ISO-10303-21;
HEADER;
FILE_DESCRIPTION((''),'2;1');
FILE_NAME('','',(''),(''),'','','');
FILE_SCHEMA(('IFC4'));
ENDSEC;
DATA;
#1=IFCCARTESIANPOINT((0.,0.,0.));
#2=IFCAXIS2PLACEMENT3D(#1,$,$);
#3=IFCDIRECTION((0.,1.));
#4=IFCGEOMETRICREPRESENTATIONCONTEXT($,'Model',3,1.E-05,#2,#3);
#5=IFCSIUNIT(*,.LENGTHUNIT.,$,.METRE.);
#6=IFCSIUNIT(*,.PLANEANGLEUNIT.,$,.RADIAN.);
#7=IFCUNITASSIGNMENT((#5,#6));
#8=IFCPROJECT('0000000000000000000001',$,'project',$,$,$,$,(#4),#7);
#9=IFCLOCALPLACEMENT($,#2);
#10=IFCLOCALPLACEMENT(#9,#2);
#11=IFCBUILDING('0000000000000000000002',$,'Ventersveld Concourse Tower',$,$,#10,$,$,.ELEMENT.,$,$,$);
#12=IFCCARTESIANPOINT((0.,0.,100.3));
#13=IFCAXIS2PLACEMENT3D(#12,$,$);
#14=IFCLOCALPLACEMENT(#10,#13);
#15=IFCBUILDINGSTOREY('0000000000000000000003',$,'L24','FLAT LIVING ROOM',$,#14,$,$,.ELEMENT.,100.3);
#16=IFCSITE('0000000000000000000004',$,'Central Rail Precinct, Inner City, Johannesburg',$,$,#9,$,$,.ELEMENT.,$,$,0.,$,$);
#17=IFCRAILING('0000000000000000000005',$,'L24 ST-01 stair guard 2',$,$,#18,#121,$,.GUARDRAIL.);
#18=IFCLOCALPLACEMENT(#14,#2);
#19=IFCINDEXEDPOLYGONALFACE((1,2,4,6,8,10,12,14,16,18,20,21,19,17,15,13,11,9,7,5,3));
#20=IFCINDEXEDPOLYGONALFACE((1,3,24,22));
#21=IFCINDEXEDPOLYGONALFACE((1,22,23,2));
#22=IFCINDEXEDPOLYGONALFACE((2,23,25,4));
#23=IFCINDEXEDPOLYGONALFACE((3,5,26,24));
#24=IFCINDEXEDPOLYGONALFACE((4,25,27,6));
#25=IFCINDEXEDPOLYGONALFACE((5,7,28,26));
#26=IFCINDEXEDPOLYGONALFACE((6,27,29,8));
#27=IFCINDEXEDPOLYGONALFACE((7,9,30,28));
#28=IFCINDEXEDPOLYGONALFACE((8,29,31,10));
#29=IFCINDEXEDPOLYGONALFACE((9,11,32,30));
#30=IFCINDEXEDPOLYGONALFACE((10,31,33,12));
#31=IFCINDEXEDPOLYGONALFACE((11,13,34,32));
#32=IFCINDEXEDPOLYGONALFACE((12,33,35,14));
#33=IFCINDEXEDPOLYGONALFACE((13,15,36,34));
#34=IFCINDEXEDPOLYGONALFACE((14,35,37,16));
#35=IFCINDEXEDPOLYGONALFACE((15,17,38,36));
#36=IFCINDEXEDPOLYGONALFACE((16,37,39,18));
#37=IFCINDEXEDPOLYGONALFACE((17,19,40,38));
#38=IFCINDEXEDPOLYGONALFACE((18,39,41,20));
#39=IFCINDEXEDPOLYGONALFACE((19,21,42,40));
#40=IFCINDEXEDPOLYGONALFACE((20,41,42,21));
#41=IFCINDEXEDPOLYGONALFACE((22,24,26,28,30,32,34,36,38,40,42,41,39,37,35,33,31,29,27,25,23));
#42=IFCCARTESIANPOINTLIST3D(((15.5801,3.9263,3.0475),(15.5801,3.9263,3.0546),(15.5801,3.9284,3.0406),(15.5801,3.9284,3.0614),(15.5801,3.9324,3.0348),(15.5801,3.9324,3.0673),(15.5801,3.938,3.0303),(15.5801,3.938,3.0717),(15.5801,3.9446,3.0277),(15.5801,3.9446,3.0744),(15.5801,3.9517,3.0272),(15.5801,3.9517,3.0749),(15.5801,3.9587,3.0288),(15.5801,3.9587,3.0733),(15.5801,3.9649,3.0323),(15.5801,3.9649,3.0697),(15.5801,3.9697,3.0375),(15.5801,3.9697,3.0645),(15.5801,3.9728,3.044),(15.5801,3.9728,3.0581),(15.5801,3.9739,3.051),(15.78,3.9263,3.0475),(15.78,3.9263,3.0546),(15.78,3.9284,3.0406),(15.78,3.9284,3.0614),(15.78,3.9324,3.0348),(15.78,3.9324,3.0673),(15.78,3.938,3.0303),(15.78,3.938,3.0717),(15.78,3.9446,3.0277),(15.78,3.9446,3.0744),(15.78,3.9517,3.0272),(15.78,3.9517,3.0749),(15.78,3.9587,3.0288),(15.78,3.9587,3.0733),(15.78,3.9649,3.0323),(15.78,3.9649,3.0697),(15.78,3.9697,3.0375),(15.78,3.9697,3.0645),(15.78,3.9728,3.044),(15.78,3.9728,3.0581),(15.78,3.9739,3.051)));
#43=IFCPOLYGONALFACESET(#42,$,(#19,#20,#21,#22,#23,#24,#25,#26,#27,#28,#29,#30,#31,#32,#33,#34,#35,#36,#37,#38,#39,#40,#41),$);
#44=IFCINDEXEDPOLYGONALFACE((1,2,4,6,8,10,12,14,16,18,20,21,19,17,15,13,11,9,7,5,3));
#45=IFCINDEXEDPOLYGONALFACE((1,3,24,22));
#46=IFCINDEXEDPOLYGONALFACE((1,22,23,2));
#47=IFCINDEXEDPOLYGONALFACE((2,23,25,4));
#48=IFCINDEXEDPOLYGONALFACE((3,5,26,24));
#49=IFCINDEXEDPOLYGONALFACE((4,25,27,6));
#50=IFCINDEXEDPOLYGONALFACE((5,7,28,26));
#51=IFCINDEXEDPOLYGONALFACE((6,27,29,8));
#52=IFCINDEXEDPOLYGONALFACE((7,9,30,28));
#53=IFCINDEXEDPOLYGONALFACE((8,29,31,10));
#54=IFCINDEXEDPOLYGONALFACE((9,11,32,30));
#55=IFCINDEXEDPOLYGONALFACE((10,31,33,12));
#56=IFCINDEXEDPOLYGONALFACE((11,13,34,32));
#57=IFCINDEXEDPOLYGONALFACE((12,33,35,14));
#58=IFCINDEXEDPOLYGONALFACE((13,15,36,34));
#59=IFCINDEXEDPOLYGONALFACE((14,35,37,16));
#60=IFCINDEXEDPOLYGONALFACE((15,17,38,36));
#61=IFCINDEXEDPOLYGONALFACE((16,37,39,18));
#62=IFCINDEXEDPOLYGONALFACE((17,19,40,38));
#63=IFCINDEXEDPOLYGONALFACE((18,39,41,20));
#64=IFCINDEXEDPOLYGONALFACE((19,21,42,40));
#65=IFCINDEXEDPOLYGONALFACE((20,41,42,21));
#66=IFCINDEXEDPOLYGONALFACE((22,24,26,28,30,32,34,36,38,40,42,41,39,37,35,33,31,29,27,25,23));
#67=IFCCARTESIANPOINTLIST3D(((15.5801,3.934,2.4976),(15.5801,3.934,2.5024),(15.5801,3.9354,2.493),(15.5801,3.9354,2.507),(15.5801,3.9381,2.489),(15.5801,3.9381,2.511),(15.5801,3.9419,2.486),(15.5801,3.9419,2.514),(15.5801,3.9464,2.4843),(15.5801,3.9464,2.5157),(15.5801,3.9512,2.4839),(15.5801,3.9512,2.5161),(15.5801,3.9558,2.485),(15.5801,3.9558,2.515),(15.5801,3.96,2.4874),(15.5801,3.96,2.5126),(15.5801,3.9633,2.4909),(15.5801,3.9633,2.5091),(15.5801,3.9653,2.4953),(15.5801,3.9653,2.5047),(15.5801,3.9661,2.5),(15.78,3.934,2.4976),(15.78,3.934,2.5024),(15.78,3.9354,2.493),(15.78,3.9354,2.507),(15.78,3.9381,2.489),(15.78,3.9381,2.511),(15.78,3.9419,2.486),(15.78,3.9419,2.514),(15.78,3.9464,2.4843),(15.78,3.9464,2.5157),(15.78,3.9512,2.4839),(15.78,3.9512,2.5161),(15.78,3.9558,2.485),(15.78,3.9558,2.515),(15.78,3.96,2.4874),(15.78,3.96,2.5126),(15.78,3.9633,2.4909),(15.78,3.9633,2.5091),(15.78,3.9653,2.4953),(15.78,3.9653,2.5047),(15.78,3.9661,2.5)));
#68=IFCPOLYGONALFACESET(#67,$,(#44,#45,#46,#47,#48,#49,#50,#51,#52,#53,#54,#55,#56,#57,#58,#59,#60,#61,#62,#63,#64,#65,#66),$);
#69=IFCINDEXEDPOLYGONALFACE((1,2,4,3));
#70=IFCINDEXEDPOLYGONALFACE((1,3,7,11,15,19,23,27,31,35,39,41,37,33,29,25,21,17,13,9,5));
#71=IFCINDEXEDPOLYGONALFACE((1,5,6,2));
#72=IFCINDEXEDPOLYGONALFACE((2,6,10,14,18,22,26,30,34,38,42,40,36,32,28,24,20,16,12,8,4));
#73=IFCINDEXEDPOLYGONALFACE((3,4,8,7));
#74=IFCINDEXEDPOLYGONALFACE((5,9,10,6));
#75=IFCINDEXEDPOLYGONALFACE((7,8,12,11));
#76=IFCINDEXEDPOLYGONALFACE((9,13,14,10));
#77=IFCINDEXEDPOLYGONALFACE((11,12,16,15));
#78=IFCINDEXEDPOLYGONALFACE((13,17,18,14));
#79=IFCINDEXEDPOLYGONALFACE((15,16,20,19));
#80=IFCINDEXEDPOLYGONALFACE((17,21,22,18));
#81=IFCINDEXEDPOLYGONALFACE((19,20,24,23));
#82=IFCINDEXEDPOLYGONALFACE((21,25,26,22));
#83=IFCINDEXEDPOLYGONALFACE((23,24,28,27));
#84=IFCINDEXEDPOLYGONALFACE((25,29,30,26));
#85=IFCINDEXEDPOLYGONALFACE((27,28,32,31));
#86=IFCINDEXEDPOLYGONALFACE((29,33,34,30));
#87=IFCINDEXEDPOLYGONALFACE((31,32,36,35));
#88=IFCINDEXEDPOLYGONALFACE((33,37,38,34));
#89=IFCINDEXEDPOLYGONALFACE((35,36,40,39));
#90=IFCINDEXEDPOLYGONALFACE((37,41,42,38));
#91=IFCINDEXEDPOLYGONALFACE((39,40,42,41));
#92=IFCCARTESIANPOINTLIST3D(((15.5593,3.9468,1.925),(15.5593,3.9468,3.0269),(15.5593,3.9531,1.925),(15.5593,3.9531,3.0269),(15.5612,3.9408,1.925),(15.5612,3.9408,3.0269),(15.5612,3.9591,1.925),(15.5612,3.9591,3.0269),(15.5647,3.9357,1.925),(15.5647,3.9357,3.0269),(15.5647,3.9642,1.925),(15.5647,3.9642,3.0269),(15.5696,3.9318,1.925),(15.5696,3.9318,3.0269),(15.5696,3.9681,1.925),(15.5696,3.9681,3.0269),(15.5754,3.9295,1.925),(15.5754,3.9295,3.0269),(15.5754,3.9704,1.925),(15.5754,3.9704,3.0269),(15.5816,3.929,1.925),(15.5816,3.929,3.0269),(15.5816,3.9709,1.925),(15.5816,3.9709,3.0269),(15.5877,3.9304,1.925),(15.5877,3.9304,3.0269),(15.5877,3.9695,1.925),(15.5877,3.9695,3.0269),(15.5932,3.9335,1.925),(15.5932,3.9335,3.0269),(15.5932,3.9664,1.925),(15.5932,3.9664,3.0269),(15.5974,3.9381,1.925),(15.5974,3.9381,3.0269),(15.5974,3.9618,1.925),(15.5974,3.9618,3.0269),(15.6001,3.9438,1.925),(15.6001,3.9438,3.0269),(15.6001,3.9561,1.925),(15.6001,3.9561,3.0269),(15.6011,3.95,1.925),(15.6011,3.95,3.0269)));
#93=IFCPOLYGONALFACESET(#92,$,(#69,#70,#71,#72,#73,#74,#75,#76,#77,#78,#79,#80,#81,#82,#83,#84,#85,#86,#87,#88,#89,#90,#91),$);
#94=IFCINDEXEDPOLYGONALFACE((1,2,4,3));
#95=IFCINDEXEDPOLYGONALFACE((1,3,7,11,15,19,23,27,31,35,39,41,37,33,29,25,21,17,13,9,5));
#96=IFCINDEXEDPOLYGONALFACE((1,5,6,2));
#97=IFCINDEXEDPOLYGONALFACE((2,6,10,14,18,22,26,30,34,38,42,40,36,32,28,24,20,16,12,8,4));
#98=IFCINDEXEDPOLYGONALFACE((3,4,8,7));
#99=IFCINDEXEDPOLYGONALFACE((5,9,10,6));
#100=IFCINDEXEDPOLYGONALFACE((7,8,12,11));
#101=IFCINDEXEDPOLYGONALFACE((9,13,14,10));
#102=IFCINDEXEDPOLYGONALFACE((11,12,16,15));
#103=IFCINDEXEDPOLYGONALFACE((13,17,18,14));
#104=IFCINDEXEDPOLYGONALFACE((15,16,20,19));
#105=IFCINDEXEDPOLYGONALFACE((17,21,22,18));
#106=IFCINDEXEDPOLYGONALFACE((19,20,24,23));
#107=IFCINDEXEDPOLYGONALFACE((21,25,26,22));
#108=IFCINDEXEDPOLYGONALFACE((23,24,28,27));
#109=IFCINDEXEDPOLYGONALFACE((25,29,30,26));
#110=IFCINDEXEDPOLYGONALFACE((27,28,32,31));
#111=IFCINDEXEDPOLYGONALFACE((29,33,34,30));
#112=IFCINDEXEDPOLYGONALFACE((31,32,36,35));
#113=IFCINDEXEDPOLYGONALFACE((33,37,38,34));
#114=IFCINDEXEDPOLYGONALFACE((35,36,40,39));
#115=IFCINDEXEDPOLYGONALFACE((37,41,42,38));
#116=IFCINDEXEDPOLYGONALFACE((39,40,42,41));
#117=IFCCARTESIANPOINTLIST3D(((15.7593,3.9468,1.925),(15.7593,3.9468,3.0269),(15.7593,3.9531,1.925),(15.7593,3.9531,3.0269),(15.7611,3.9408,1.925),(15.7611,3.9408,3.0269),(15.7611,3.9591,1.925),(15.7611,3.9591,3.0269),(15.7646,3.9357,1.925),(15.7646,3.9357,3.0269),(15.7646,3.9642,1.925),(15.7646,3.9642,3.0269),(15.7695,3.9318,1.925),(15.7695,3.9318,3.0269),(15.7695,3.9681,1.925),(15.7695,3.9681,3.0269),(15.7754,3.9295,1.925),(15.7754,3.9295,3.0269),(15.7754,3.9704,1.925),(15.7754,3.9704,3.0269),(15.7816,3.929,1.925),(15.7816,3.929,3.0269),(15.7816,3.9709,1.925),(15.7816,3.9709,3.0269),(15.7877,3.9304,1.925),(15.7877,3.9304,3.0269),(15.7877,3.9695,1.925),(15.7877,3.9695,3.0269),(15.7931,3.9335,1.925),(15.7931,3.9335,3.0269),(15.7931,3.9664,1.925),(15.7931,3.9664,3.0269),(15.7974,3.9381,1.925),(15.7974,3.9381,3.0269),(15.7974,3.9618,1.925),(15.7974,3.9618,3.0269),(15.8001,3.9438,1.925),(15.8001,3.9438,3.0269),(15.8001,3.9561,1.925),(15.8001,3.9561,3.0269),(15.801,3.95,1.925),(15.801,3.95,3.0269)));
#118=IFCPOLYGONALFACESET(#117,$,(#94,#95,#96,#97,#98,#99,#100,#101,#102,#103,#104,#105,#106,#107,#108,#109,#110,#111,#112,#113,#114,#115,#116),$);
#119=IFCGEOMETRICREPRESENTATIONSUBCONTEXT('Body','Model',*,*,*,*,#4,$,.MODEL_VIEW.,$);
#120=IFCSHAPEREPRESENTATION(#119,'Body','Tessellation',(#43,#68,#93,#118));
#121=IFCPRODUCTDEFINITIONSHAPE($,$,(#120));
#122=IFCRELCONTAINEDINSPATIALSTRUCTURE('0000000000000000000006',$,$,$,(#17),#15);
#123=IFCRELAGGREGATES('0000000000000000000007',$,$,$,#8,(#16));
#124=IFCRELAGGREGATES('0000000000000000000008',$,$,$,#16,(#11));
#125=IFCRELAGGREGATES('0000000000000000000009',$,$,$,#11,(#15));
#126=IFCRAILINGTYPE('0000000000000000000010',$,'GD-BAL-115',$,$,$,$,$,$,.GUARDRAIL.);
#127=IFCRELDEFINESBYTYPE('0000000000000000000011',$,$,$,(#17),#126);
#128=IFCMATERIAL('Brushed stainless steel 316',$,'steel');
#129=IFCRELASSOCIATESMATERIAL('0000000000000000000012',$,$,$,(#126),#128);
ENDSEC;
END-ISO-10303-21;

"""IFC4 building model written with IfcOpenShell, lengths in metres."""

from ifc_helpers import new_model, si_unit, direction, frame, origin, origin_2d, place, context, subcontext, project, spatial, circle, extrude, material, type_object, element, save


model = new_model("IFC4")

# Units and contexts
model_context = context("Model", 3, precision=1e-05, world=origin(), true_north=direction((0.0, 1.0)))
body_context = subcontext(model_context, "Body", "Model", "MODEL_VIEW")
ifc_project = project(units=[si_unit("LENGTHUNIT", "METRE"), si_unit("PLANEANGLEUNIT", "RADIAN")], contexts=[model_context])

# Site, building, storey
site_placement = place(None, origin())
site = spatial("IfcSite", under=ifc_project, at=site_placement, Name="Central Rail Precinct, Inner City, Johannesburg", CompositionType="ELEMENT", RefElevation=0.0)
building_placement = place(site_placement, origin())
building = spatial("IfcBuilding", under=site, at=building_placement, Name="Ventersveld Concourse Tower", CompositionType="ELEMENT")
storey_placement = place(building_placement, frame((0.0, 0.0, 100.3)))
storey = spatial("IfcBuildingStorey", under=building, at=storey_placement, Name="L24", Description="FLAT LIVING ROOM", CompositionType="ELEMENT", Elevation=100.3)

# Railing
ifc_material_1 = material(Name="Brushed stainless steel 316", Category="steel")
railing_type_1 = type_object("IfcRailingType", Name="GD-BAL-115", PredefinedType="GUARDRAIL", material=ifc_material_1)
railing_1_placement = place(storey_placement, frame((15.5801, 3.95, 1.925)))
element("IfcRailing", 1, at=railing_1_placement, inside=storey, type_object=railing_type_1, Name="L24 ST-01 stair guard 2", PredefinedType="GUARDRAIL", context=body_context, shape_type="SweptSolid", body=[
    extrude(circle(Radius=0.0239, at=origin_2d()), frame((0.0, 0.0, 1.126), z_axis=(1.0, 0.0, 0.0), x_axis=(0.0, 1.0, 0.0)), (0.0, 0.0, 1.0), 0.2),
    extrude(circle(Radius=0.0161, at=origin_2d()), frame((0.0, 0.0, 0.575), z_axis=(1.0, 0.0, 0.0), x_axis=(0.0, 1.0, 0.0)), (0.0, 0.0, 1.0), 0.2),
    extrude(circle(Radius=0.021, at=origin_2d()), origin(), (0.0, 0.0, 1.0), 1.1018),
    extrude(circle(Radius=0.021, at=origin_2d()), frame((0.2, 0.0, 0.0)), (0.0, 0.0, 1.0), 1.1018),
])

save(model, "model.ifc")
